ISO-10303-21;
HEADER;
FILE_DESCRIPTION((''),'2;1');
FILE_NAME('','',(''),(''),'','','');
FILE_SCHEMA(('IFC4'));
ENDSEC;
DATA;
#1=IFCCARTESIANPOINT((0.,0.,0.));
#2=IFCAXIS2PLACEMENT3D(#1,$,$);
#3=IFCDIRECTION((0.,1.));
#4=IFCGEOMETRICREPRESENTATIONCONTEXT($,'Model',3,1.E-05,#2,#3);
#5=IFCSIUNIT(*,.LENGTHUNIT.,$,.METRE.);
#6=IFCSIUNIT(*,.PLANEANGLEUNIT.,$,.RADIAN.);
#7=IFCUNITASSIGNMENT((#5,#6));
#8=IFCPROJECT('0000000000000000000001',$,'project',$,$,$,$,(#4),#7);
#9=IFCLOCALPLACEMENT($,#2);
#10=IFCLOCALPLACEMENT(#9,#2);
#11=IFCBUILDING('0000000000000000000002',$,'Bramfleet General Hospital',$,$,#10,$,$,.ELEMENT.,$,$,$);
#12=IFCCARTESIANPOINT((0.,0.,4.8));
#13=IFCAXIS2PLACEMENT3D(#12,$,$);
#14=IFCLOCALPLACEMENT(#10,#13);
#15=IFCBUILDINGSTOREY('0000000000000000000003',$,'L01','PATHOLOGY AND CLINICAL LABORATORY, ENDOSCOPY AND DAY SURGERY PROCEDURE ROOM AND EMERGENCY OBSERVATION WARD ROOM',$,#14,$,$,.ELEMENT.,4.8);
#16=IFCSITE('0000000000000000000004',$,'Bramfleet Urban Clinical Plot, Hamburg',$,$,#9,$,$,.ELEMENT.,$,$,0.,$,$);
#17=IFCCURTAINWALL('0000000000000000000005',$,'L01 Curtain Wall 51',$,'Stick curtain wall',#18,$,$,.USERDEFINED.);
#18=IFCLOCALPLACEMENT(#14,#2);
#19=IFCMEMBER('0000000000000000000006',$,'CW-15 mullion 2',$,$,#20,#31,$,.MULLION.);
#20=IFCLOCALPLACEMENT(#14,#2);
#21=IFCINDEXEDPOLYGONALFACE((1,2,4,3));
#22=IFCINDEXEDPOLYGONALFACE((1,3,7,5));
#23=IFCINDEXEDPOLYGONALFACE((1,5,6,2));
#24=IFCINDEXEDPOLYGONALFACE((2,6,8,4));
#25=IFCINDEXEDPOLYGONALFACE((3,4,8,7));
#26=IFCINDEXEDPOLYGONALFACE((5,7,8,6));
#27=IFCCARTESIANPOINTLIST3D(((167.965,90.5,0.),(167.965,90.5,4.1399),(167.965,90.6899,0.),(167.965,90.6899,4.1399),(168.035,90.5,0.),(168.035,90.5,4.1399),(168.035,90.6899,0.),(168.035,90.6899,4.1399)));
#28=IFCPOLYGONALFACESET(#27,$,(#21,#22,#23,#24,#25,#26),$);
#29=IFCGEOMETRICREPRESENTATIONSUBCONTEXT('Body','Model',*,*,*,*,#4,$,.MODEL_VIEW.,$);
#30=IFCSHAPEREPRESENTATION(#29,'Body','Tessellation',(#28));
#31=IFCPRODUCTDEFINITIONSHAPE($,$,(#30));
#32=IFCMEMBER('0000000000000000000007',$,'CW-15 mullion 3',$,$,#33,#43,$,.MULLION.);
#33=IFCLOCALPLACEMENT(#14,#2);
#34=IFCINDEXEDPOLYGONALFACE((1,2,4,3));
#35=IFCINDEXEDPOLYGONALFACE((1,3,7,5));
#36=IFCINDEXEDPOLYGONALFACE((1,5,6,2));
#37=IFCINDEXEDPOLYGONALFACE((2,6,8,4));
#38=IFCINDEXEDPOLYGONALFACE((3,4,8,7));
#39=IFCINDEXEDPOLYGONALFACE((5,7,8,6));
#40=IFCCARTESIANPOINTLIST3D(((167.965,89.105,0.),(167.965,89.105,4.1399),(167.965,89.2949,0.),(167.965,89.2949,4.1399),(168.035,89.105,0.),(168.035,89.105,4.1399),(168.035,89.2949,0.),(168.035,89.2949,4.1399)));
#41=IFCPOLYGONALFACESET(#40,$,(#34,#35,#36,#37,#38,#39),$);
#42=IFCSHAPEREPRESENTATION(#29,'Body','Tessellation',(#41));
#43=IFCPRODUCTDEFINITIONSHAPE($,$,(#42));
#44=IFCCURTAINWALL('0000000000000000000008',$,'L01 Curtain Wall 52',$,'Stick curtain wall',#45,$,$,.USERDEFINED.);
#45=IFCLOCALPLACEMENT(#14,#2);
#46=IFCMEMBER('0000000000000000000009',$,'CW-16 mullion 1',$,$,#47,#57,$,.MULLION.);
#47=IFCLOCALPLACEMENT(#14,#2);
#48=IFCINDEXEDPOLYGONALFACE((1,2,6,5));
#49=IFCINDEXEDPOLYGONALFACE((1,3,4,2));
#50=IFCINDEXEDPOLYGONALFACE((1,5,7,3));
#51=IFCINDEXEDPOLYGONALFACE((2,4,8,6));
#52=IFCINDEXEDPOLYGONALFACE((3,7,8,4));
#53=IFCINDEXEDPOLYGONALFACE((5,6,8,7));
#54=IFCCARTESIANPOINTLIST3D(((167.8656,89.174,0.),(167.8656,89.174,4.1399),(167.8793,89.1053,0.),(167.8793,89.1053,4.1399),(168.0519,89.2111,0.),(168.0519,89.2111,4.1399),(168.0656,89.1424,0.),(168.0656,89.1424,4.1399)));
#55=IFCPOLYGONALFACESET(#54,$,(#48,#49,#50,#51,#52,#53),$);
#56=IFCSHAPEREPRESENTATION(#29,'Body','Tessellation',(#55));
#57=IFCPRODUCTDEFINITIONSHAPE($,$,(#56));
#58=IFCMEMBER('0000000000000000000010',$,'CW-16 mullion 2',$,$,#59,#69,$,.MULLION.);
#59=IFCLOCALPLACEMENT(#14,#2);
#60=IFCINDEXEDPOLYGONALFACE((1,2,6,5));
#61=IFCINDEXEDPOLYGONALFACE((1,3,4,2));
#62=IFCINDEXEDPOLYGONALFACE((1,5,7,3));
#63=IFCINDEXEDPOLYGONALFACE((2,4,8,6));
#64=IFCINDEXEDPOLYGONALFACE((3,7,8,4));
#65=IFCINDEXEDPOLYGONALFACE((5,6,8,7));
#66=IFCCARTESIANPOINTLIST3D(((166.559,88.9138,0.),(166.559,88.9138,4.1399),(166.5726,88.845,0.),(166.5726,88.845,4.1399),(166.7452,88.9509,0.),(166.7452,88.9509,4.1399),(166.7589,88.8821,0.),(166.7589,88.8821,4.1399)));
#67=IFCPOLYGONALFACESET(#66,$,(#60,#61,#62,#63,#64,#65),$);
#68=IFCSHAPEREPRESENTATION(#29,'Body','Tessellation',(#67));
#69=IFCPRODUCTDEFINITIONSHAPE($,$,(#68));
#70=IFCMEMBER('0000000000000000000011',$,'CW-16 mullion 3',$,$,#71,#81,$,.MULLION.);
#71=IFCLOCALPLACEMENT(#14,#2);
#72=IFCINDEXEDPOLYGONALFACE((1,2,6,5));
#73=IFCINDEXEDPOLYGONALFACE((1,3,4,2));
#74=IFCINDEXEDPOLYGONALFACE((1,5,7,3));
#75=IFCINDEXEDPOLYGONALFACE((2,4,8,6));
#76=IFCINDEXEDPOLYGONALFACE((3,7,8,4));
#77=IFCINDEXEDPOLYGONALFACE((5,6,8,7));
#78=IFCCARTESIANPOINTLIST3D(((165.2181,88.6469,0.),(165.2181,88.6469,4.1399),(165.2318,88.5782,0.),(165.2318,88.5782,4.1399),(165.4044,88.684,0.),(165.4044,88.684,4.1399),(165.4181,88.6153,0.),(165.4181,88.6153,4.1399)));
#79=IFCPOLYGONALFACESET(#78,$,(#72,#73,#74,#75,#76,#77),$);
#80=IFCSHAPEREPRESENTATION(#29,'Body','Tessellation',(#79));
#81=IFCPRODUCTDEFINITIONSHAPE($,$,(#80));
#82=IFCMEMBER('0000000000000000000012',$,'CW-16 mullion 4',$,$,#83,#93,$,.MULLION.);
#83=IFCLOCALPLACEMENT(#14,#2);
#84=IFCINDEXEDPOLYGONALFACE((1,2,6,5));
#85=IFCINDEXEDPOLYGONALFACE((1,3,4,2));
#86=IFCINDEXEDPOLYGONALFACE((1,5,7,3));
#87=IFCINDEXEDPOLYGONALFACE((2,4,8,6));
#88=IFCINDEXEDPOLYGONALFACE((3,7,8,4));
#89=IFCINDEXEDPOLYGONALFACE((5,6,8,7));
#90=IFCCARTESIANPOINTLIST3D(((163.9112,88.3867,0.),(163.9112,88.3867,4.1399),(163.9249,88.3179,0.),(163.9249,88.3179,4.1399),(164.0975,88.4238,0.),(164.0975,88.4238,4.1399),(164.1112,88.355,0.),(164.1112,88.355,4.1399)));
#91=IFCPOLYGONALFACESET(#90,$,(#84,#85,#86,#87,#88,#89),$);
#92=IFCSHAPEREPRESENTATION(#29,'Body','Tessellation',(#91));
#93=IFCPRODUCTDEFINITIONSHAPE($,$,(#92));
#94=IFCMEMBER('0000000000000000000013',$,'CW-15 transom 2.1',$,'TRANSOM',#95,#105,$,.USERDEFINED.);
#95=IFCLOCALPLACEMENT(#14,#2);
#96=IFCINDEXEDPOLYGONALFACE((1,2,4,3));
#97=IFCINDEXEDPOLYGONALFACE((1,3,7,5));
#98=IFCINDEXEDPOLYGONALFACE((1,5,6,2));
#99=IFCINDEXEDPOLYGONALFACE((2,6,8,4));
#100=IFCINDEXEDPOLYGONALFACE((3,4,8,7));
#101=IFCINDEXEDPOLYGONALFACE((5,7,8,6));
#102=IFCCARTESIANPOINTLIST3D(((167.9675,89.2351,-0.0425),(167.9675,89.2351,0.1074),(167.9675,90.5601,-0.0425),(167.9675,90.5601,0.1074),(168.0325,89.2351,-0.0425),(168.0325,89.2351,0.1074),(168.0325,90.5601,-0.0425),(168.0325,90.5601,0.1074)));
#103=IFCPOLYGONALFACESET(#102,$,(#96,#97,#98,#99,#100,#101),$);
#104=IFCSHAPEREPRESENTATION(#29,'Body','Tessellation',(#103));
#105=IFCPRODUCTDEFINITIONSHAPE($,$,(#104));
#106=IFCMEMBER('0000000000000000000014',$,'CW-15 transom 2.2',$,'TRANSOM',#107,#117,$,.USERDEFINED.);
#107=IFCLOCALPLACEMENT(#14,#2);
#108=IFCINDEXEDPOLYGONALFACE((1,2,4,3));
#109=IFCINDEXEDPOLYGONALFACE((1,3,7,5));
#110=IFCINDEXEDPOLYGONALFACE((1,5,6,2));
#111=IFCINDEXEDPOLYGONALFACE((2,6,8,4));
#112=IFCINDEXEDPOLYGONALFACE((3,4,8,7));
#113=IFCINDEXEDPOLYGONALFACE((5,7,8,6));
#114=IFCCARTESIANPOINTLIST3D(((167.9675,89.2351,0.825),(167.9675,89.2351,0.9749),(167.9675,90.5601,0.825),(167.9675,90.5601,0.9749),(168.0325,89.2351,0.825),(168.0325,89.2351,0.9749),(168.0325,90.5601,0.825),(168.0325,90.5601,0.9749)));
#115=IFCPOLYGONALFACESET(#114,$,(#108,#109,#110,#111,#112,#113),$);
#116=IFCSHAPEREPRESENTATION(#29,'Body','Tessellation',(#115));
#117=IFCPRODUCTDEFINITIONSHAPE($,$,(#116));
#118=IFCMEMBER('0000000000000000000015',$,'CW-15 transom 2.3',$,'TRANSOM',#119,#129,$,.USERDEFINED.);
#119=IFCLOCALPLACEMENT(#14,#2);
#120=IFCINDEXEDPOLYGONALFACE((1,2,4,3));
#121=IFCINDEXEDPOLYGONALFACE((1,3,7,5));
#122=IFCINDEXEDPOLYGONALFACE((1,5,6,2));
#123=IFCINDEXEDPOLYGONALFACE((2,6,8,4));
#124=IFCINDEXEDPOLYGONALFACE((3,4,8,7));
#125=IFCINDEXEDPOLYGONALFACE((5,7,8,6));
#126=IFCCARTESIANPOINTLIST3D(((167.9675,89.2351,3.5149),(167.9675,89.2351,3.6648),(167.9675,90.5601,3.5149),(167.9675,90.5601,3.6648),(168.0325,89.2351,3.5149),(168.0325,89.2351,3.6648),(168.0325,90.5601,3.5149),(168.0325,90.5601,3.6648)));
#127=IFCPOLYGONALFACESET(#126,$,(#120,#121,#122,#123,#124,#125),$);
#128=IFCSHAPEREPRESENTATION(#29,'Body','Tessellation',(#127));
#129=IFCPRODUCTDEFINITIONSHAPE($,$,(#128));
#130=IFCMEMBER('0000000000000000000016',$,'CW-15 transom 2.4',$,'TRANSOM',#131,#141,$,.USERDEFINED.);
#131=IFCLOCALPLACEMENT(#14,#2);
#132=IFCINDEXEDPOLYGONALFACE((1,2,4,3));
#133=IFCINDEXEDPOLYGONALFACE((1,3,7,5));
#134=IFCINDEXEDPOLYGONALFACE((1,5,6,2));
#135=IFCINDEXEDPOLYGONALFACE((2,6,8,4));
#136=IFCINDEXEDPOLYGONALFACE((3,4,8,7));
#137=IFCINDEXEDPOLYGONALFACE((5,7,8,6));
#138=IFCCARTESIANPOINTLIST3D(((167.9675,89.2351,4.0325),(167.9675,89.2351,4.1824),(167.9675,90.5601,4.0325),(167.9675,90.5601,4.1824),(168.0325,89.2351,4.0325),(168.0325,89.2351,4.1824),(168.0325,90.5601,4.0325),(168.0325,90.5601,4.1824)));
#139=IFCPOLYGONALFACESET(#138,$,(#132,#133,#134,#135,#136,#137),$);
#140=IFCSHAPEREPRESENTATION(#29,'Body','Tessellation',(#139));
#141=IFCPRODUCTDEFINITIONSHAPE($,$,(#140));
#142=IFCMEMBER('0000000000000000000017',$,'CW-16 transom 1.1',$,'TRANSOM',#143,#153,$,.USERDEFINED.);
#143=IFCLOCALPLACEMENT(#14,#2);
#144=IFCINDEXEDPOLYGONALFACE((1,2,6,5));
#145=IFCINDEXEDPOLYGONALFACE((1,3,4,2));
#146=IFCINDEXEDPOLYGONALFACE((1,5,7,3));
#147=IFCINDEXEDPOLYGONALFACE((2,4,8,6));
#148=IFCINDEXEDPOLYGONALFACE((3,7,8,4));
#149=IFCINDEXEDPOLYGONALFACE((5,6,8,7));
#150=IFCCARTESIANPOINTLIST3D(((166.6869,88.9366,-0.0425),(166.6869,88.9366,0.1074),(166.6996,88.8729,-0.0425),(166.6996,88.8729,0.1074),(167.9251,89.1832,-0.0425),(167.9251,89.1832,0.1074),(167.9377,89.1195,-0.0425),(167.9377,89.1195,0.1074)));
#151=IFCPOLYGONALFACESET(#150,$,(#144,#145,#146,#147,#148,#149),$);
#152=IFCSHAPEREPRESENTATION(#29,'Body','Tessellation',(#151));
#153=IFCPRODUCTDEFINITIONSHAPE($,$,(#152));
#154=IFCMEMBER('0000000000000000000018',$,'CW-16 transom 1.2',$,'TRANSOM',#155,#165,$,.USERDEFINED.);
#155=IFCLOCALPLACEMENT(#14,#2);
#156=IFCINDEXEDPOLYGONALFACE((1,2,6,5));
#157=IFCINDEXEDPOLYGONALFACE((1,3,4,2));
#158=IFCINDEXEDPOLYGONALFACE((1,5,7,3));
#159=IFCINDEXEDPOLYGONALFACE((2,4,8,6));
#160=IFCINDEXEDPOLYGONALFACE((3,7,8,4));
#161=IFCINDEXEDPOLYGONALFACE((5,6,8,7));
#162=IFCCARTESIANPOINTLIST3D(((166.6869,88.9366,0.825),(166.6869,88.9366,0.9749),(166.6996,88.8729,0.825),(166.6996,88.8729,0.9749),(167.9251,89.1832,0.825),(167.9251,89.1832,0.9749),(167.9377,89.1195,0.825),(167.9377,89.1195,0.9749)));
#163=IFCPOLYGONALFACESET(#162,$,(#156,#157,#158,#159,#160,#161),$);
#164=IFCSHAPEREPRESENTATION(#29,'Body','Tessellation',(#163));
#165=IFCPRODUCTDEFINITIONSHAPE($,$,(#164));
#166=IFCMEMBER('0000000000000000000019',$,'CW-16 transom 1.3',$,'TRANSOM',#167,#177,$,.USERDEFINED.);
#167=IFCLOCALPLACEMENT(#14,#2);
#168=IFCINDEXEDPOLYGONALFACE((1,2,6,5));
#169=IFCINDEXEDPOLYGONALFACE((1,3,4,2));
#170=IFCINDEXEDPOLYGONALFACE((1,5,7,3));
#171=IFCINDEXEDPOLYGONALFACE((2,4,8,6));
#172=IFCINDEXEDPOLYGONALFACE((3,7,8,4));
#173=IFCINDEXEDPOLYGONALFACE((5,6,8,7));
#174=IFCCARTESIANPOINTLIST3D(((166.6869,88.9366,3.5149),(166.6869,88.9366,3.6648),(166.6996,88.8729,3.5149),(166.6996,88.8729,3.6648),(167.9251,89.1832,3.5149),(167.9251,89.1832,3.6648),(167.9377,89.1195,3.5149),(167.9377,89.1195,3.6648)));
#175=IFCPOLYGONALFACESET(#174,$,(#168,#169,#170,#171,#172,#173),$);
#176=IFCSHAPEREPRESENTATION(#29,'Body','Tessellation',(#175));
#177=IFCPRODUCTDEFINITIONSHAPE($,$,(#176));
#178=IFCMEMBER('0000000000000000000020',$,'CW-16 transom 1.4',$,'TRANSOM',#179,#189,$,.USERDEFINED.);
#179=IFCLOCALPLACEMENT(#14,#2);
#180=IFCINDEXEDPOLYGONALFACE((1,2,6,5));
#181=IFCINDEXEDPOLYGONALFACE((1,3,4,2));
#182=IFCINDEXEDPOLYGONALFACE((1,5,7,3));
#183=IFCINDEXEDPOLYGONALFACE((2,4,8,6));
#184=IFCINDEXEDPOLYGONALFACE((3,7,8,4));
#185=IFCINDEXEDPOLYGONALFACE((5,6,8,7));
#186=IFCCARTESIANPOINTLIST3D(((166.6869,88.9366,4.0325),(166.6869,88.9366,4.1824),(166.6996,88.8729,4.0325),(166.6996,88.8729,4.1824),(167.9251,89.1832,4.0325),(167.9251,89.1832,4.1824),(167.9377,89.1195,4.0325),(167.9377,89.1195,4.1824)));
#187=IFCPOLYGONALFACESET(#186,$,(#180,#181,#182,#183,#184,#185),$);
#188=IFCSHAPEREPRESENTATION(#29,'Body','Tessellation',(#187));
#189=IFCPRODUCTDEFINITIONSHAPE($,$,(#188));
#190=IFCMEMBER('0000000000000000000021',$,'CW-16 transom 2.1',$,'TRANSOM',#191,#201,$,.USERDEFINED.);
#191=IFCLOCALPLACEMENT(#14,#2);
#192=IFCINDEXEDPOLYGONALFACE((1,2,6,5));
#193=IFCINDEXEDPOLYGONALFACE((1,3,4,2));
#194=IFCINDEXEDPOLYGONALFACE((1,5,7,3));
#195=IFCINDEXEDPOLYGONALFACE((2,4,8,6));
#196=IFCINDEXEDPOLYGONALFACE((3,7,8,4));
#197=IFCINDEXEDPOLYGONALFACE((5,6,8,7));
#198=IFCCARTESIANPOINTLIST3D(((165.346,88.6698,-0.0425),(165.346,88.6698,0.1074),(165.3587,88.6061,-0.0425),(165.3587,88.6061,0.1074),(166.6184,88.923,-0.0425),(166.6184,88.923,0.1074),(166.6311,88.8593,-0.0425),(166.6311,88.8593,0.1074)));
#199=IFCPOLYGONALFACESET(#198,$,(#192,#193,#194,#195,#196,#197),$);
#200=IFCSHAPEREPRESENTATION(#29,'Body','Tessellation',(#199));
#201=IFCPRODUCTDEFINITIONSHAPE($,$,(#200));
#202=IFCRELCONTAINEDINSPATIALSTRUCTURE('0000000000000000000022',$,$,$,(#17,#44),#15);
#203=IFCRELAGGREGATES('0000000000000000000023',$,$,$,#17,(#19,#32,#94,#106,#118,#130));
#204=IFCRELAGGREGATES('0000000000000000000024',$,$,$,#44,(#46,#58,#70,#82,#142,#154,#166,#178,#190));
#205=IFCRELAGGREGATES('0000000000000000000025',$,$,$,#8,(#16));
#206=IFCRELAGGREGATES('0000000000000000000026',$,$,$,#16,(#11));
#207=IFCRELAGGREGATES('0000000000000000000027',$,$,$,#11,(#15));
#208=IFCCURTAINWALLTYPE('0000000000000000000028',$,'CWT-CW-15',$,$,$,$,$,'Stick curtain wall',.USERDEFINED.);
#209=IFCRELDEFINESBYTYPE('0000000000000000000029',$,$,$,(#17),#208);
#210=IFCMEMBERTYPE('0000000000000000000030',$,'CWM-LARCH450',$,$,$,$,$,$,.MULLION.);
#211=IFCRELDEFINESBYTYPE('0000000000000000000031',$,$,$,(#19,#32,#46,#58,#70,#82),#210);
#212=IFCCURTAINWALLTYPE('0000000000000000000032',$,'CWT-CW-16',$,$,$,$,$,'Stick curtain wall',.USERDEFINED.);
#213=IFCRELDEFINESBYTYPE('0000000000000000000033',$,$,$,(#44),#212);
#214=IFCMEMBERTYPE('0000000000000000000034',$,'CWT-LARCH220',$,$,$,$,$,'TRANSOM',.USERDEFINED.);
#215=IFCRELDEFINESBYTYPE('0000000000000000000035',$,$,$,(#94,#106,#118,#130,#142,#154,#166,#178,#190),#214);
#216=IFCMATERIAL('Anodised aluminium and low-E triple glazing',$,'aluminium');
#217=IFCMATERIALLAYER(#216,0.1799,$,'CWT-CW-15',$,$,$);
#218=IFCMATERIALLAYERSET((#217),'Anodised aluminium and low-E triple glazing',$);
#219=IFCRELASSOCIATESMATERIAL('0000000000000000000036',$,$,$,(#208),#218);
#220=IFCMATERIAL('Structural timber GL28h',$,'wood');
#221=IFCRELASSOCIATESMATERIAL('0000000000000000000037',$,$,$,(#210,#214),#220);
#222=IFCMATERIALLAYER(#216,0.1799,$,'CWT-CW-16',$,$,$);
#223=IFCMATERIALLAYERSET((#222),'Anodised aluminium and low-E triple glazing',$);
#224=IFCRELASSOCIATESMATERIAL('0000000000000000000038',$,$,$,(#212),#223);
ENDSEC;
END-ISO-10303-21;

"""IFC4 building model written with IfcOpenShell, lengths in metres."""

from ifc_helpers import new_model, si_unit, direction, frame, origin, origin_2d, place, context, subcontext, project, spatial, rectangle, extrude, material, layer, layer_set, material_profile, profile_set, type_object, element, aggregate, save


model = new_model("IFC4")

# Units and contexts
model_context = context("Model", 3, precision=1e-05, world=origin(), true_north=direction((0.0, 1.0)))
body_context = subcontext(model_context, "Body", "Model", "MODEL_VIEW")
ifc_project = project(units=[si_unit("LENGTHUNIT", "METRE"), si_unit("PLANEANGLEUNIT", "RADIAN")], contexts=[model_context])

# Site, building, storey
site_placement = place(None, origin())
site = spatial("IfcSite", under=ifc_project, at=site_placement, Name="Bramfleet Urban Clinical Plot, Hamburg", CompositionType="ELEMENT", RefElevation=0.0)
building_placement = place(site_placement, origin())
building = spatial("IfcBuilding", under=site, at=building_placement, Name="Bramfleet General Hospital", CompositionType="ELEMENT")
storey_placement = place(building_placement, frame((0.0, 0.0, 4.8)))
storey = spatial("IfcBuildingStorey", under=building, at=storey_placement, Name="L01", Description="PATHOLOGY AND CLINICAL LABORATORY, ENDOSCOPY AND DAY SURGERY PROCEDURE ROOM AND EMERGENCY OBSERVATION WARD ROOM", CompositionType="ELEMENT", Elevation=4.8)

# Curtain walls, members
ifc_material_1 = material(Name="Anodised aluminium and low-E triple glazing", Category="aluminium")
ifc_layer_1 = layer(ifc_material_1, 0.1799, Name="CWT-CW-15")
ifc_layer_set_1 = layer_set([ifc_layer_1], Name="Anodised aluminium and low-E triple glazing")
curtain_wall_type_1 = type_object("IfcCurtainWallType", Name="CWT-CW-15", ElementType="Stick curtain wall", PredefinedType="USERDEFINED", material=ifc_layer_set_1)
curtain_wall_1_placement = place(storey_placement, origin())
curtain_wall_1 = element("IfcCurtainWall", 1, at=curtain_wall_1_placement, inside=storey, type_object=curtain_wall_type_1, Name="L01 Curtain Wall 51", ObjectType="Stick curtain wall", PredefinedType="USERDEFINED")
ifc_material_2 = material(Name="Structural timber GL28h", Category="wood")
ifc_material_profile_1 = material_profile(ifc_material_2, rectangle(XDim=0.0701, YDim=0.1899, at=origin_2d()), Name="LARCH 190x70")
ifc_profile_set_1 = profile_set([ifc_material_profile_1], Name="Structural timber GL28h")
member_type_1 = type_object("IfcMemberType", Name="CWM-LARCH450", PredefinedType="MULLION", material=ifc_profile_set_1)
member_1_placement = place(storey_placement, frame((168.0, 90.595, 0.0), z_axis=(0.0, 0.0, 1.0), x_axis=(1.0, 0.0, 0.0)))
member_1 = element("IfcMember", 2, at=member_1_placement, type_object=member_type_1, Name="CW-15 mullion 2", PredefinedType="MULLION", context=body_context, shape_type="SweptSolid", body=[
    extrude(rectangle(XDim=0.0701, YDim=0.1899, at=origin_2d()), origin(), (0.0, 0.0, 1.0), 4.1399),
])
member_2_placement = place(storey_placement, frame((168.0, 89.2, 0.0), z_axis=(0.0, 0.0, 1.0), x_axis=(1.0, 0.0, 0.0)))
member_2 = element("IfcMember", 3, at=member_2_placement, type_object=member_type_1, Name="CW-15 mullion 3", PredefinedType="MULLION", context=body_context, shape_type="SweptSolid", body=[
    extrude(rectangle(XDim=0.0701, YDim=0.1899, at=origin_2d()), origin(), (0.0, 0.0, 1.0), 4.1399),
])
ifc_layer_2 = layer(ifc_material_1, 0.1799, Name="CWT-CW-16")
ifc_layer_set_2 = layer_set([ifc_layer_2], Name="Anodised aluminium and low-E triple glazing")
curtain_wall_type_2 = type_object("IfcCurtainWallType", Name="CWT-CW-16", ElementType="Stick curtain wall", PredefinedType="USERDEFINED", material=ifc_layer_set_2)
curtain_wall_2_placement = place(storey_placement, origin())
curtain_wall_2 = element("IfcCurtainWall", 4, at=curtain_wall_2_placement, inside=storey, type_object=curtain_wall_type_2, Name="L01 Curtain Wall 52", ObjectType="Stick curtain wall", PredefinedType="USERDEFINED")
member_3_placement = place(storey_placement, frame((167.9656, 89.1582, 0.0), z_axis=(0.0, 0.0, 1.0), x_axis=(0.195272, -0.980749, 0.0)))
member_3 = element("IfcMember", 5, at=member_3_placement, type_object=member_type_1, Name="CW-16 mullion 1", PredefinedType="MULLION", context=body_context, shape_type="SweptSolid", body=[
    extrude(rectangle(XDim=0.0701, YDim=0.1899, at=origin_2d()), origin(), (0.0, 0.0, 1.0), 4.1399),
])
member_4_placement = place(storey_placement, frame((166.6589, 88.8979, 0.0), z_axis=(0.0, 0.0, 1.0), x_axis=(0.195272, -0.980749, 0.0)))
member_4 = element("IfcMember", 6, at=member_4_placement, type_object=member_type_1, Name="CW-16 mullion 2", PredefinedType="MULLION", context=body_context, shape_type="SweptSolid", body=[
    extrude(rectangle(XDim=0.0701, YDim=0.1899, at=origin_2d()), origin(), (0.0, 0.0, 1.0), 4.1399),
])
member_5_placement = place(storey_placement, frame((165.3181, 88.6311, 0.0), z_axis=(0.0, 0.0, 1.0), x_axis=(0.195272, -0.980749, 0.0)))
member_5 = element("IfcMember", 7, at=member_5_placement, type_object=member_type_1, Name="CW-16 mullion 3", PredefinedType="MULLION", context=body_context, shape_type="SweptSolid", body=[
    extrude(rectangle(XDim=0.0701, YDim=0.1899, at=origin_2d()), origin(), (0.0, 0.0, 1.0), 4.1399),
])
member_6_placement = place(storey_placement, frame((164.0112, 88.3708, 0.0), z_axis=(0.0, 0.0, 1.0), x_axis=(0.195272, -0.980749, 0.0)))
member_6 = element("IfcMember", 8, at=member_6_placement, type_object=member_type_1, Name="CW-16 mullion 4", PredefinedType="MULLION", context=body_context, shape_type="SweptSolid", body=[
    extrude(rectangle(XDim=0.0701, YDim=0.1899, at=origin_2d()), origin(), (0.0, 0.0, 1.0), 4.1399),
])

# Members
ifc_material_profile_2 = material_profile(ifc_material_2, rectangle(XDim=0.0649, YDim=0.1499, at=origin_2d()), Name="LARCH 150x65")
ifc_profile_set_2 = profile_set([ifc_material_profile_2], Name="Structural timber GL28h")
member_type_2 = type_object("IfcMemberType", Name="CWT-LARCH220", ElementType="TRANSOM", PredefinedType="USERDEFINED", material=ifc_profile_set_2)
member_7_placement = place(storey_placement, frame((168.0, 90.5601, 0.0325), z_axis=(0.0, -1.0, 0.0), x_axis=(1.0, 0.0, 0.0)))
member_7 = element("IfcMember", 9, at=member_7_placement, type_object=member_type_2, Name="CW-15 transom 2.1", ObjectType="TRANSOM", PredefinedType="USERDEFINED", context=body_context, shape_type="SweptSolid", body=[
    extrude(rectangle(XDim=0.0649, YDim=0.1499, at=origin_2d()), origin(), (0.0, 0.0, 1.0), 1.325),
])
member_8_placement = place(storey_placement, frame((168.0, 90.5601, 0.8999), z_axis=(0.0, -1.0, 0.0), x_axis=(1.0, 0.0, 0.0)))
member_8 = element("IfcMember", 10, at=member_8_placement, type_object=member_type_2, Name="CW-15 transom 2.2", ObjectType="TRANSOM", PredefinedType="USERDEFINED", context=body_context, shape_type="SweptSolid", body=[
    extrude(rectangle(XDim=0.0649, YDim=0.1499, at=origin_2d()), origin(), (0.0, 0.0, 1.0), 1.325),
])
member_9_placement = place(storey_placement, frame((168.0, 90.5601, 3.5898), z_axis=(0.0, -1.0, 0.0), x_axis=(1.0, 0.0, 0.0)))
member_9 = element("IfcMember", 11, at=member_9_placement, type_object=member_type_2, Name="CW-15 transom 2.3", ObjectType="TRANSOM", PredefinedType="USERDEFINED", context=body_context, shape_type="SweptSolid", body=[
    extrude(rectangle(XDim=0.0649, YDim=0.1499, at=origin_2d()), origin(), (0.0, 0.0, 1.0), 1.325),
])
member_10_placement = place(storey_placement, frame((168.0, 90.5601, 4.1074), z_axis=(0.0, -1.0, 0.0), x_axis=(1.0, 0.0, 0.0)))
member_10 = element("IfcMember", 12, at=member_10_placement, type_object=member_type_2, Name="CW-15 transom 2.4", ObjectType="TRANSOM", PredefinedType="USERDEFINED", context=body_context, shape_type="SweptSolid", body=[
    extrude(rectangle(XDim=0.0649, YDim=0.1499, at=origin_2d()), origin(), (0.0, 0.0, 1.0), 1.325),
])
member_11_placement = place(storey_placement, frame((167.9314, 89.1514, 0.0325), z_axis=(-0.980737, -0.195335, 0.0), x_axis=(0.195335, -0.980737, 0.0)))
member_11 = element("IfcMember", 13, at=member_11_placement, type_object=member_type_2, Name="CW-16 transom 1.1", ObjectType="TRANSOM", PredefinedType="USERDEFINED", context=body_context, shape_type="SweptSolid", body=[
    extrude(rectangle(XDim=0.0649, YDim=0.1499, at=origin_2d()), origin(), (0.0, 0.0, 1.0), 1.2625),
])
member_12_placement = place(storey_placement, frame((167.9314, 89.1514, 0.8999), z_axis=(-0.980737, -0.195335, 0.0), x_axis=(0.195335, -0.980737, 0.0)))
member_12 = element("IfcMember", 14, at=member_12_placement, type_object=member_type_2, Name="CW-16 transom 1.2", ObjectType="TRANSOM", PredefinedType="USERDEFINED", context=body_context, shape_type="SweptSolid", body=[
    extrude(rectangle(XDim=0.0649, YDim=0.1499, at=origin_2d()), origin(), (0.0, 0.0, 1.0), 1.2625),
])
member_13_placement = place(storey_placement, frame((167.9314, 89.1514, 3.5898), z_axis=(-0.980737, -0.195335, 0.0), x_axis=(0.195335, -0.980737, 0.0)))
member_13 = element("IfcMember", 15, at=member_13_placement, type_object=member_type_2, Name="CW-16 transom 1.3", ObjectType="TRANSOM", PredefinedType="USERDEFINED", context=body_context, shape_type="SweptSolid", body=[
    extrude(rectangle(XDim=0.0649, YDim=0.1499, at=origin_2d()), origin(), (0.0, 0.0, 1.0), 1.2625),
])
member_14_placement = place(storey_placement, frame((167.9314, 89.1514, 4.1074), z_axis=(-0.980737, -0.195335, 0.0), x_axis=(0.195335, -0.980737, 0.0)))
member_14 = element("IfcMember", 16, at=member_14_placement, type_object=member_type_2, Name="CW-16 transom 1.4", ObjectType="TRANSOM", PredefinedType="USERDEFINED", context=body_context, shape_type="SweptSolid", body=[
    extrude(rectangle(XDim=0.0649, YDim=0.1499, at=origin_2d()), origin(), (0.0, 0.0, 1.0), 1.2625),
])
member_15_placement = place(storey_placement, frame((166.6248, 88.8911, 0.0325), z_axis=(-0.980776, -0.195139, 0.0), x_axis=(0.195139, -0.980776, 0.0)))
member_15 = element("IfcMember", 17, at=member_15_placement, type_object=member_type_2, Name="CW-16 transom 2.1", ObjectType="TRANSOM", PredefinedType="USERDEFINED", context=body_context, shape_type="SweptSolid", body=[
    extrude(rectangle(XDim=0.0649, YDim=0.1499, at=origin_2d()), origin(), (0.0, 0.0, 1.0), 1.2974),
])

aggregate(curtain_wall_1, [member_1, member_2, member_7, member_8, member_9, member_10])
aggregate(curtain_wall_2, [member_3, member_4, member_5, member_6, member_11, member_12, member_13, member_14, member_15])

save(model, "model.ifc")
